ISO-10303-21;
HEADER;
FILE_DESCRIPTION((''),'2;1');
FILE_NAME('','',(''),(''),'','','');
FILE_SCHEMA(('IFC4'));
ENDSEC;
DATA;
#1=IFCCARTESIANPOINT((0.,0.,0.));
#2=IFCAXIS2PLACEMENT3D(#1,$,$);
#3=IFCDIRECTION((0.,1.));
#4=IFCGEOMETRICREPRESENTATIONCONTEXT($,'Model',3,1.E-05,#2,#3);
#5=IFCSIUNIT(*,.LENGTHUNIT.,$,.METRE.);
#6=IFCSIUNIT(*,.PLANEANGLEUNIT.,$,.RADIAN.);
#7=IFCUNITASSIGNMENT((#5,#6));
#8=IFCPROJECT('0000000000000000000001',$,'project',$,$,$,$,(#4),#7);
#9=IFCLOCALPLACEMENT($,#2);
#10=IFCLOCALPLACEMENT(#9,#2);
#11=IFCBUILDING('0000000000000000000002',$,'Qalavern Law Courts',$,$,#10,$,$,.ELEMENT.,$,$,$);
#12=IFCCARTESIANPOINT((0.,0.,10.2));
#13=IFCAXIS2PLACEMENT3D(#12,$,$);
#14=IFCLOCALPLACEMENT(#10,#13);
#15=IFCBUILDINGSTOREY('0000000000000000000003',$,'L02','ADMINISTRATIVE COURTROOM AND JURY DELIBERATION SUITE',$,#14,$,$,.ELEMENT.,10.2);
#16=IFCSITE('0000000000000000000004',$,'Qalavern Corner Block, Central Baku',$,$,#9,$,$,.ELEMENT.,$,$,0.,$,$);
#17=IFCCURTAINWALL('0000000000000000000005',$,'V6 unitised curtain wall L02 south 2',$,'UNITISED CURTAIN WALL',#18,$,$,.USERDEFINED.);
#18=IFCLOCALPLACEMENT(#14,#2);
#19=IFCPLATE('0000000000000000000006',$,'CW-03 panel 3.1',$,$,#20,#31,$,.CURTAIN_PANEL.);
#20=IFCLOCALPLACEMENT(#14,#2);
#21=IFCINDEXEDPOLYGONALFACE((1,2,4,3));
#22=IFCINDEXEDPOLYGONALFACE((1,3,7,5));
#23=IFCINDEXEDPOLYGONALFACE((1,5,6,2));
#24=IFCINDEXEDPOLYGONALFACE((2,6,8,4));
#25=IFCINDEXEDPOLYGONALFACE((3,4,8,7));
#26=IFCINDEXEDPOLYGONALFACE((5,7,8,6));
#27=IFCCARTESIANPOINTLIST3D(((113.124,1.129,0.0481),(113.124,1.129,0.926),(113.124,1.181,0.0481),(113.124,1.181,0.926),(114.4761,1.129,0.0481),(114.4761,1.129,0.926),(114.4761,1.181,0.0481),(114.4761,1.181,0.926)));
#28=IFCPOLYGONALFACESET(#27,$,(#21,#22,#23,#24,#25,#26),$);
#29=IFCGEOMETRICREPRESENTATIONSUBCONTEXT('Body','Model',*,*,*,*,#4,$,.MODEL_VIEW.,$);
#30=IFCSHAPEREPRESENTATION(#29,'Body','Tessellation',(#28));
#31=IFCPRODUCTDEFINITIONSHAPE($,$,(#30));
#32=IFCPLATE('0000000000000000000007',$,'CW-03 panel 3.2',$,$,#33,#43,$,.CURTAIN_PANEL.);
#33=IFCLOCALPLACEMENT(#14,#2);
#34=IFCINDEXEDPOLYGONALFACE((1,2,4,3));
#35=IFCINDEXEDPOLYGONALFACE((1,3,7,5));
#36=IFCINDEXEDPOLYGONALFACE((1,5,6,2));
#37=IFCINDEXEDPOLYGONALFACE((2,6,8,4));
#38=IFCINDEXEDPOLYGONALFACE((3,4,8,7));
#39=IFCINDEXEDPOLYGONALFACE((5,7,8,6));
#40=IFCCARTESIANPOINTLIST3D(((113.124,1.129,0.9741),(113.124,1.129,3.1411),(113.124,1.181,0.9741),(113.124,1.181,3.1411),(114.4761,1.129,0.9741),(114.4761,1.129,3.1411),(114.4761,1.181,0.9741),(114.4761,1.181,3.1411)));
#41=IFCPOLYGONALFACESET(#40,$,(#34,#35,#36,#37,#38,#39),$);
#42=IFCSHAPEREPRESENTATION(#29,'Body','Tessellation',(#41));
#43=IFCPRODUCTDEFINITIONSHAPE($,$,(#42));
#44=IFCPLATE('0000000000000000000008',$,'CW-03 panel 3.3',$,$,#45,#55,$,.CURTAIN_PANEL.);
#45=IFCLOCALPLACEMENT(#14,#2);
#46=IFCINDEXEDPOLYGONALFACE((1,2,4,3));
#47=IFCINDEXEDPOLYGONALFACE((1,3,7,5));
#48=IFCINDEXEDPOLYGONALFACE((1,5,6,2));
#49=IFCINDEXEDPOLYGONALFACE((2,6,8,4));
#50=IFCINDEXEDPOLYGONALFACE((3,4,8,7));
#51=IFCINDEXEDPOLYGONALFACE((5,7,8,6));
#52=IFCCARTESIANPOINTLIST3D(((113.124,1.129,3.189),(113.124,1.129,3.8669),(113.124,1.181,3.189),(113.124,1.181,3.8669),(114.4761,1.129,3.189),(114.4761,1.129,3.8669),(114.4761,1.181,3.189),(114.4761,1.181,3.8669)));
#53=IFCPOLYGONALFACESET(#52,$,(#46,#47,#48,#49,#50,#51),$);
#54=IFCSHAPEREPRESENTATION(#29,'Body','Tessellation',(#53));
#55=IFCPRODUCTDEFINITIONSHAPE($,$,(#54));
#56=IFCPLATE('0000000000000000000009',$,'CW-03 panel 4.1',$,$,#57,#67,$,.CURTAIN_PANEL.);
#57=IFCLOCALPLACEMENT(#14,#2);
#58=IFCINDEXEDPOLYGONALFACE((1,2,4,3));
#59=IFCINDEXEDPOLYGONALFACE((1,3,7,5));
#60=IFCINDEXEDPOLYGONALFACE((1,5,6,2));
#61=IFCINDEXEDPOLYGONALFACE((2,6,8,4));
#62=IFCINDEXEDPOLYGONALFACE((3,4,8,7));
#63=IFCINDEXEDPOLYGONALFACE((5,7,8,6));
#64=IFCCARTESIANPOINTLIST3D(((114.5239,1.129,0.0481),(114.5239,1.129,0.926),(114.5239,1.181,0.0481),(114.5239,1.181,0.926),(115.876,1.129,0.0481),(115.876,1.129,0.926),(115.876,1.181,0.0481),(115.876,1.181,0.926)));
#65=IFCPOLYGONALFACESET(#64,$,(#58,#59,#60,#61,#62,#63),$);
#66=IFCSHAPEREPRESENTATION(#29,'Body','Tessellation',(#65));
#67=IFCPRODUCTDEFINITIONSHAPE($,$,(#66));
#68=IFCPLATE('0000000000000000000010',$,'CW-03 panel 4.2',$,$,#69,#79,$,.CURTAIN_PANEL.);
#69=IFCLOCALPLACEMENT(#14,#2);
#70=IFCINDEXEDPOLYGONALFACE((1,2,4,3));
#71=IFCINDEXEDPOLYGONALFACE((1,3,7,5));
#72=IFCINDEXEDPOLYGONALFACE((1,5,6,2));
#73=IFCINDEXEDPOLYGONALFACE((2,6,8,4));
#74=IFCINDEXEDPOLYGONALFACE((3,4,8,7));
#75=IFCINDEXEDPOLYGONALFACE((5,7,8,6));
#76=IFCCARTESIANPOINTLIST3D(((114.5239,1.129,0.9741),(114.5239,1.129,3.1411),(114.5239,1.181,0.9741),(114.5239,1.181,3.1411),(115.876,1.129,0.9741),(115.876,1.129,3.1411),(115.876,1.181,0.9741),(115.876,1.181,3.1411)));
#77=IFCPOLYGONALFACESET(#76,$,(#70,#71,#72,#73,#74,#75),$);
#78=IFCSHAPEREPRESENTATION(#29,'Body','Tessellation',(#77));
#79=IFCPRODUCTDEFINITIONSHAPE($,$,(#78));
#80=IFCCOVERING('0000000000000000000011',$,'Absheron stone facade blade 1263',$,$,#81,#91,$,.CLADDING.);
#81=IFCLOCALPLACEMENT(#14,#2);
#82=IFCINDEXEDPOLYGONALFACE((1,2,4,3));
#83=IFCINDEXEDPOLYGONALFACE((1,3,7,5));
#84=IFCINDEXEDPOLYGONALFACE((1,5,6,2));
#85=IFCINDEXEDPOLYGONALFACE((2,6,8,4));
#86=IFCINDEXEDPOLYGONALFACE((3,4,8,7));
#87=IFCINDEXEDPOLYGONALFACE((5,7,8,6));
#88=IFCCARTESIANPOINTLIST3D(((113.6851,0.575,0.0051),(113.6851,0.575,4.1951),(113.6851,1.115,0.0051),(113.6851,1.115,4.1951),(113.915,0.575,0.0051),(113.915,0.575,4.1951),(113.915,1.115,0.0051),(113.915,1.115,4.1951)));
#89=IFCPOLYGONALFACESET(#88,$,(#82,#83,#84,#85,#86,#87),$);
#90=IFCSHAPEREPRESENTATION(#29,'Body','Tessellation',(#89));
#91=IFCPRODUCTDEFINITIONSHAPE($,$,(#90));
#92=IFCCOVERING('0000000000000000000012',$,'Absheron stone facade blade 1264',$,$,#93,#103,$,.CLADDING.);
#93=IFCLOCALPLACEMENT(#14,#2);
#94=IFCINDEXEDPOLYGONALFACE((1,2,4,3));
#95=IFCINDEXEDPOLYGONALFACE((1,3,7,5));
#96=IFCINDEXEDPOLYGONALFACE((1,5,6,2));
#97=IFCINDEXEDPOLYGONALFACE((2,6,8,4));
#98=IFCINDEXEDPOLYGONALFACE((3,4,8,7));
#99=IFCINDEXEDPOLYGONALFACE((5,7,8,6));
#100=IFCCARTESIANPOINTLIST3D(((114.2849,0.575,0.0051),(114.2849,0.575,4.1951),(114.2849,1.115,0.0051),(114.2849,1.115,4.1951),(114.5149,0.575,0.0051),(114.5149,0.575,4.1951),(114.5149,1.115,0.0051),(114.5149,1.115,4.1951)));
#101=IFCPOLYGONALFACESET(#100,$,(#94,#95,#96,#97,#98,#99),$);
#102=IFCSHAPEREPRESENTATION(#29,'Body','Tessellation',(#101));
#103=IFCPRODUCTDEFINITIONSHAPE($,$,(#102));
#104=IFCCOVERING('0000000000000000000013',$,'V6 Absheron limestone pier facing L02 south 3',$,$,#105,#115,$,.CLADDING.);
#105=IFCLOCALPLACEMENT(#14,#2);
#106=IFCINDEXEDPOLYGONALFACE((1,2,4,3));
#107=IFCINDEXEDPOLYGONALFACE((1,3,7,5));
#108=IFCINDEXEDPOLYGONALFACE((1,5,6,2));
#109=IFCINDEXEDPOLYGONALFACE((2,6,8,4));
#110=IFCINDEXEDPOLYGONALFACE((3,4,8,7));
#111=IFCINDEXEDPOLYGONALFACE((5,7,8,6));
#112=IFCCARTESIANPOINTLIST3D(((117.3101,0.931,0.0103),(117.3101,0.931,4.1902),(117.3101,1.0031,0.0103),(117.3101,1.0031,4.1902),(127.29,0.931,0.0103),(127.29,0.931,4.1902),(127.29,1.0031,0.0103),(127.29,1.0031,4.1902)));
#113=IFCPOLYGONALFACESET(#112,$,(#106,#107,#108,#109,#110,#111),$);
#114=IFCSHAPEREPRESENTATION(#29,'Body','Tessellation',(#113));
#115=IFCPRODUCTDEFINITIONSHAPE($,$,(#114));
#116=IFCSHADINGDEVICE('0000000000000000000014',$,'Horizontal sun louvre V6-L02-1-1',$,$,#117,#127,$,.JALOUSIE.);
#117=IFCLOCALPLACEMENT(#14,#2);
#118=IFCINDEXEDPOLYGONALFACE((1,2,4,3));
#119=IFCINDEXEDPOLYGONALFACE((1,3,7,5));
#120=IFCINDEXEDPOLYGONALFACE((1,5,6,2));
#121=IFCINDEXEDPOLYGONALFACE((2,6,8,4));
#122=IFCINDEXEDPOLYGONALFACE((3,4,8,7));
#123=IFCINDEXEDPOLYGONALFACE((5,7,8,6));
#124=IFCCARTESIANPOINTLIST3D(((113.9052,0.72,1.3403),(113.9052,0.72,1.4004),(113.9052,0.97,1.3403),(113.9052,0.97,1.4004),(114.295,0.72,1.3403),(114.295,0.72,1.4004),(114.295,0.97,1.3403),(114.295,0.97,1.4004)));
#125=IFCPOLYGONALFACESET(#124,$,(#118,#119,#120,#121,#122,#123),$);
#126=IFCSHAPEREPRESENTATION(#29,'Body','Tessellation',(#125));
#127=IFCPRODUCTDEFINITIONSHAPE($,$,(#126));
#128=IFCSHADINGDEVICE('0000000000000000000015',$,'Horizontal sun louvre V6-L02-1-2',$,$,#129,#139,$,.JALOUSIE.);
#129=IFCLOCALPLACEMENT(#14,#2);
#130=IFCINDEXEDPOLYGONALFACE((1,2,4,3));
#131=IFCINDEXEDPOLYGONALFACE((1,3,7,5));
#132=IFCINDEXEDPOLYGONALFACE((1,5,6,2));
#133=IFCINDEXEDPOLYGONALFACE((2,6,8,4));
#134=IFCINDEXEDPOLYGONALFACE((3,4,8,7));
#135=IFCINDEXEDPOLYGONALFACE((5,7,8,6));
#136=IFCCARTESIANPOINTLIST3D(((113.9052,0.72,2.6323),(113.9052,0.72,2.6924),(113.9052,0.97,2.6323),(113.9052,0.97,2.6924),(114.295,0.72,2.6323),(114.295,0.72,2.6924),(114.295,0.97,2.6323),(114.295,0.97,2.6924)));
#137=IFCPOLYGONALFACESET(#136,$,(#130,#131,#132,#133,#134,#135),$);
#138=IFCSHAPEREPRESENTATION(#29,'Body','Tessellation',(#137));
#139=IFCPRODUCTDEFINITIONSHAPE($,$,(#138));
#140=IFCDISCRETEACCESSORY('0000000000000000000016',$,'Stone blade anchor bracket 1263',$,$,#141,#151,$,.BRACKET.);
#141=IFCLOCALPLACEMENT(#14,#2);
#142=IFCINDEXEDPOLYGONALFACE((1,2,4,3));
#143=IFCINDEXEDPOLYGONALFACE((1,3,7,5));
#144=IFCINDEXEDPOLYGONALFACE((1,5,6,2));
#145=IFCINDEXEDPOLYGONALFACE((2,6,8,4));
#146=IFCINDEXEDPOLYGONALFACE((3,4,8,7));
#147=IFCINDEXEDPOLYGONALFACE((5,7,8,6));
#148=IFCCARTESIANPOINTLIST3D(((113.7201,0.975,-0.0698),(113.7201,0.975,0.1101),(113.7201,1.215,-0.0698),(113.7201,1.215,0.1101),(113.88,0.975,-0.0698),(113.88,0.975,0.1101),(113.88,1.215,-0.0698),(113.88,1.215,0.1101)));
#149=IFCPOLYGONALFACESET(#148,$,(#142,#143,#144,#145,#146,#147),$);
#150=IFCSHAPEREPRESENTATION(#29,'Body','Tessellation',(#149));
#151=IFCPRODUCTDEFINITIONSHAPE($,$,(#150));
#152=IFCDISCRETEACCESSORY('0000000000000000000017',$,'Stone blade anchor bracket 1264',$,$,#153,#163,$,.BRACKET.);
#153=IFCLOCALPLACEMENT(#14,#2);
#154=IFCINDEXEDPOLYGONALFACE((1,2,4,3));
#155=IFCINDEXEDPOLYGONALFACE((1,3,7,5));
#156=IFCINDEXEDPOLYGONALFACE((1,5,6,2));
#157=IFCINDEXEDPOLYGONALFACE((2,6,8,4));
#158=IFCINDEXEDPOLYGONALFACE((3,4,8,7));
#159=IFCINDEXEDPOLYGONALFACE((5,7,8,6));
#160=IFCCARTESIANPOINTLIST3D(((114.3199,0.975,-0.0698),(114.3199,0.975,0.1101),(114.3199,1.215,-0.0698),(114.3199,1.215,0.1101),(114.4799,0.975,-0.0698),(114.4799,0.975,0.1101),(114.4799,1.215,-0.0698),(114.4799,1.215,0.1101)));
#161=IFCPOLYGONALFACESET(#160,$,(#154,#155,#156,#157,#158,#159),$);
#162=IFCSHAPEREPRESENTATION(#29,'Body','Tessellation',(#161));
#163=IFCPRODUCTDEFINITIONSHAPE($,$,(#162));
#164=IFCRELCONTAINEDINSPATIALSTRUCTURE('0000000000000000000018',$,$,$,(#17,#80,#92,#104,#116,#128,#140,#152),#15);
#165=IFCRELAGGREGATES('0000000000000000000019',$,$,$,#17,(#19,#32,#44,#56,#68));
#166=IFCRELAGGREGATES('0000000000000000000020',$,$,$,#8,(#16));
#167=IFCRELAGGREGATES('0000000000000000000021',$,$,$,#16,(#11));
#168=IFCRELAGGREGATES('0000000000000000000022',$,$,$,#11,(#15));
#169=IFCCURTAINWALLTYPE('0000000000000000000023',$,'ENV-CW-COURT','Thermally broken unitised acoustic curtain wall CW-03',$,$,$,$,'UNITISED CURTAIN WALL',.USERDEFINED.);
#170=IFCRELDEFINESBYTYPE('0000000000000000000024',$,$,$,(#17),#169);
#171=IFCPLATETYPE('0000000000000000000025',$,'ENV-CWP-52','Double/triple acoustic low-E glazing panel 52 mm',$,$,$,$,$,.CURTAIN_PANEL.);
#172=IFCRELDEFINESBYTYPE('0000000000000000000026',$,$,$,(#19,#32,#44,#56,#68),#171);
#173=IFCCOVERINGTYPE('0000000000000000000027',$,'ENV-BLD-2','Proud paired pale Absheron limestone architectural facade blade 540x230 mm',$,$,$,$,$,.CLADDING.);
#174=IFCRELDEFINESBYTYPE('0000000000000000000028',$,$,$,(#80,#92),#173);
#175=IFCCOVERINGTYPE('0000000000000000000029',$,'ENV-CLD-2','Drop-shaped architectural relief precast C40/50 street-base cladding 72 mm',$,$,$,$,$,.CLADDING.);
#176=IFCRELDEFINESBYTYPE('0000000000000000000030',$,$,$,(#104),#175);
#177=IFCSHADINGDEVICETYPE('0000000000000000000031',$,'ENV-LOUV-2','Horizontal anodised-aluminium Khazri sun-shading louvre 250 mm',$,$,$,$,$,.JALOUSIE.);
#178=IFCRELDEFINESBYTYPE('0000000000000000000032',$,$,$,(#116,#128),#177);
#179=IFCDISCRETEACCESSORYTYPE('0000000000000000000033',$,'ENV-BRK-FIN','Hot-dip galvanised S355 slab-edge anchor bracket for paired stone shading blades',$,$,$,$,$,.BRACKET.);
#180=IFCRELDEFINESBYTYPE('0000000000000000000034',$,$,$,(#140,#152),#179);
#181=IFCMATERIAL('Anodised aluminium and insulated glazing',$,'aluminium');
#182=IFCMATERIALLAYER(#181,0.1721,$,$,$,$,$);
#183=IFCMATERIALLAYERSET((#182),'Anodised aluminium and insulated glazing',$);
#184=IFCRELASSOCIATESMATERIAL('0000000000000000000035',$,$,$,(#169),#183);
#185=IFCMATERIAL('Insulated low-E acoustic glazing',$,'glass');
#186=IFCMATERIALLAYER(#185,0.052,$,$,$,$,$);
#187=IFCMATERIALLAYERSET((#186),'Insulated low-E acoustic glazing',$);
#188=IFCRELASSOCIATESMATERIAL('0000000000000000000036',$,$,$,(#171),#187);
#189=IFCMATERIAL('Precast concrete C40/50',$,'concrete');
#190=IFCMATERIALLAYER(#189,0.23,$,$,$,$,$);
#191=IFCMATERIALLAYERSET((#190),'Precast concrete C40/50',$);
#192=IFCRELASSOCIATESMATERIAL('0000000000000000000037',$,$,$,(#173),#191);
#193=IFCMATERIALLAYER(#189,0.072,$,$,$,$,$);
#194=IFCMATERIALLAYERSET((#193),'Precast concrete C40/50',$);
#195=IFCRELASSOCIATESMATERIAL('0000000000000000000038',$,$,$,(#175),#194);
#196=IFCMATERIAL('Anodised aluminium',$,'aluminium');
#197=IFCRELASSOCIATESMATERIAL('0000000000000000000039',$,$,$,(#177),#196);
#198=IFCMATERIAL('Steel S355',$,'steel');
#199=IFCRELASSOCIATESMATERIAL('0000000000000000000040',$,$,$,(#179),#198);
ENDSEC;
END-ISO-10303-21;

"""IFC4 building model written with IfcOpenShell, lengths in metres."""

from ifc_helpers import new_model, si_unit, direction, frame, origin, origin_2d, place, context, subcontext, project, spatial, rectangle, extrude, material, layer, layer_set, type_object, element, aggregate, save


model = new_model("IFC4")

# Units and contexts
model_context = context("Model", 3, precision=1e-05, world=origin(), true_north=direction((0.0, 1.0)))
body_context = subcontext(model_context, "Body", "Model", "MODEL_VIEW")
ifc_project = project(units=[si_unit("LENGTHUNIT", "METRE"), si_unit("PLANEANGLEUNIT", "RADIAN")], contexts=[model_context])

# Site, building, storey
site_placement = place(None, origin())
site = spatial("IfcSite", under=ifc_project, at=site_placement, Name="Qalavern Corner Block, Central Baku", CompositionType="ELEMENT", RefElevation=0.0)
building_placement = place(site_placement, origin())
building = spatial("IfcBuilding", under=site, at=building_placement, Name="Qalavern Law Courts", CompositionType="ELEMENT")
storey_placement = place(building_placement, frame((0.0, 0.0, 10.2)))
storey = spatial("IfcBuildingStorey", under=building, at=storey_placement, Name="L02", Description="ADMINISTRATIVE COURTROOM AND JURY DELIBERATION SUITE", CompositionType="ELEMENT", Elevation=10.2)

# Curtain wall, plates
ifc_material_1 = material(Name="Anodised aluminium and insulated glazing", Category="aluminium")
ifc_layer_1 = layer(ifc_material_1, 0.1721)
ifc_layer_set_1 = layer_set([ifc_layer_1], Name="Anodised aluminium and insulated glazing")
curtain_wall_type = type_object("IfcCurtainWallType", Name="ENV-CW-COURT", Description="Thermally broken unitised acoustic curtain wall CW-03", ElementType="UNITISED CURTAIN WALL", PredefinedType="USERDEFINED", material=ifc_layer_set_1)
curtain_wall_placement = place(storey_placement, origin())
curtain_wall = element("IfcCurtainWall", 1, at=curtain_wall_placement, inside=storey, type_object=curtain_wall_type, Name="V6 unitised curtain wall L02 south 2", ObjectType="UNITISED CURTAIN WALL", PredefinedType="USERDEFINED")
ifc_material_2 = material(Name="Anodised aluminium", Category="aluminium")
ifc_material_3 = material(Name="Insulated low-E acoustic glazing", Category="glass")
ifc_layer_2 = layer(ifc_material_3, 0.052)
ifc_layer_set_2 = layer_set([ifc_layer_2], Name="Insulated low-E acoustic glazing")
plate_type = type_object("IfcPlateType", Name="ENV-CWP-52", Description="Double/triple acoustic low-E glazing panel 52 mm", PredefinedType="CURTAIN_PANEL", material=ifc_layer_set_2)
plate_1_placement = place(storey_placement, frame((113.8, 1.155, 0.0481), z_axis=(0.0, 0.0, 1.0), x_axis=(1.0, 0.0, 0.0)))
plate_1 = element("IfcPlate", 2, at=plate_1_placement, type_object=plate_type, Name="CW-03 panel 3.1", PredefinedType="CURTAIN_PANEL", context=body_context, shape_type="SweptSolid", body=[
    extrude(rectangle(XDim=1.3521, YDim=0.052, at=origin_2d()), origin(), (0.0, 0.0, 1.0), 0.8779),
])
plate_2_placement = place(storey_placement, frame((113.8, 1.155, 0.9741), z_axis=(0.0, 0.0, 1.0), x_axis=(1.0, 0.0, 0.0)))
plate_2 = element("IfcPlate", 3, at=plate_2_placement, type_object=plate_type, Name="CW-03 panel 3.2", PredefinedType="CURTAIN_PANEL", context=body_context, shape_type="SweptSolid", body=[
    extrude(rectangle(XDim=1.3521, YDim=0.052, at=origin_2d()), origin(), (0.0, 0.0, 1.0), 2.167),
])
plate_3_placement = place(storey_placement, frame((113.8, 1.155, 3.189), z_axis=(0.0, 0.0, 1.0), x_axis=(1.0, 0.0, 0.0)))
plate_3 = element("IfcPlate", 4, at=plate_3_placement, type_object=plate_type, Name="CW-03 panel 3.3", PredefinedType="CURTAIN_PANEL", context=body_context, shape_type="SweptSolid", body=[
    extrude(rectangle(XDim=1.3521, YDim=0.052, at=origin_2d()), origin(), (0.0, 0.0, 1.0), 0.678),
])
plate_4_placement = place(storey_placement, frame((115.2, 1.155, 0.0481), z_axis=(0.0, 0.0, 1.0), x_axis=(1.0, 0.0, 0.0)))
plate_4 = element("IfcPlate", 5, at=plate_4_placement, type_object=plate_type, Name="CW-03 panel 4.1", PredefinedType="CURTAIN_PANEL", context=body_context, shape_type="SweptSolid", body=[
    extrude(rectangle(XDim=1.3521, YDim=0.052, at=origin_2d()), origin(), (0.0, 0.0, 1.0), 0.8779),
])
plate_5_placement = place(storey_placement, frame((115.2, 1.155, 0.9741), z_axis=(0.0, 0.0, 1.0), x_axis=(1.0, 0.0, 0.0)))
plate_5 = element("IfcPlate", 6, at=plate_5_placement, type_object=plate_type, Name="CW-03 panel 4.2", PredefinedType="CURTAIN_PANEL", context=body_context, shape_type="SweptSolid", body=[
    extrude(rectangle(XDim=1.3521, YDim=0.052, at=origin_2d()), origin(), (0.0, 0.0, 1.0), 2.167),
])
aggregate(curtain_wall, [plate_1, plate_2, plate_3, plate_4, plate_5])

# Coverings
ifc_material_4 = material(Name="Precast concrete C40/50", Category="concrete")
ifc_layer_3 = layer(ifc_material_4, 0.23)
ifc_layer_set_3 = layer_set([ifc_layer_3], Name="Precast concrete C40/50")
covering_type_1 = type_object("IfcCoveringType", Name="ENV-BLD-2", Description="Proud paired pale Absheron limestone architectural facade blade 540x230 mm", PredefinedType="CLADDING", material=ifc_layer_set_3)
for number, where, z_axis, x_axis, name in (
    (7, (113.8, 0.845, 0.0051), (0.0, 0.0, 1.0), (0.0, -1.0, 0.0), "Absheron stone facade blade 1263"),
    (8, (114.3999, 0.845, 0.0051), (0.0, 0.0, 1.0), (0.0, -1.0, 0.0), "Absheron stone facade blade 1264"),
):
    element("IfcCovering", number, at=place(storey_placement, frame(where, z_axis=z_axis, x_axis=x_axis)), inside=storey, type_object=covering_type_1, Name=name, PredefinedType="CLADDING", context=body_context, shape_type="SweptSolid", body=[
        extrude(rectangle(XDim=0.54, YDim=0.23, at=origin_2d()), origin(), (0.0, 0.0, 1.0), 4.1899),
    ])
ifc_layer_4 = layer(ifc_material_4, 0.072)
ifc_layer_set_4 = layer_set([ifc_layer_4], Name="Precast concrete C40/50")
covering_type_2 = type_object("IfcCoveringType", Name="ENV-CLD-2", Description="Drop-shaped architectural relief precast C40/50 street-base cladding 72 mm", PredefinedType="CLADDING", material=ifc_layer_set_4)
covering_placement = place(storey_placement, frame((122.3, 0.967, 0.0103), z_axis=(0.0, 0.0, 1.0), x_axis=(1.0, 0.0, 0.0)))
element("IfcCovering", 9, at=covering_placement, inside=storey, type_object=covering_type_2, Name="V6 Absheron limestone pier facing L02 south 3", PredefinedType="CLADDING", context=body_context, shape_type="SweptSolid", body=[
    extrude(rectangle(XDim=9.98, YDim=0.072, at=origin_2d()), origin(), (0.0, 0.0, 1.0), 4.1799),
])

# Shading devices
shading_device_type = type_object("IfcShadingDeviceType", Name="ENV-LOUV-2", Description="Horizontal anodised-aluminium Khazri sun-shading louvre 250 mm", PredefinedType="JALOUSIE", material=ifc_material_2)
for number, where, z_axis, x_axis, name in (
    (10, (114.1001, 0.845, 1.3403), (0.0, 0.0, 1.0), (1.0, 0.0, 0.0), "Horizontal sun louvre V6-L02-1-1"),
    (11, (114.1001, 0.845, 2.6323), (0.0, 0.0, 1.0), (1.0, 0.0, 0.0), "Horizontal sun louvre V6-L02-1-2"),
):
    element("IfcShadingDevice", number, at=place(storey_placement, frame(where, z_axis=z_axis, x_axis=x_axis)), inside=storey, type_object=shading_device_type, Name=name, PredefinedType="JALOUSIE", context=body_context, shape_type="SweptSolid", body=[
        extrude(rectangle(XDim=0.3899, YDim=0.25, at=origin_2d()), origin(), (0.0, 0.0, 1.0), 0.0601),
    ])

# Discrete accessories
ifc_material_5 = material(Name="Steel S355", Category="steel")
discrete_accessory_type = type_object("IfcDiscreteAccessoryType", Name="ENV-BRK-FIN", Description="Hot-dip galvanised S355 slab-edge anchor bracket for paired stone shading blades", PredefinedType="BRACKET", material=ifc_material_5)
for number, where, z_axis, x_axis, name in (
    (12, (113.8, 1.095, -0.0698), (0.0, 0.0, 1.0), (0.0, -1.0, 0.0), "Stone blade anchor bracket 1263"),
    (13, (114.3999, 1.095, -0.0698), (0.0, 0.0, 1.0), (0.0, -1.0, 0.0), "Stone blade anchor bracket 1264"),
):
    element("IfcDiscreteAccessory", number, at=place(storey_placement, frame(where, z_axis=z_axis, x_axis=x_axis)), inside=storey, type_object=discrete_accessory_type, Name=name, PredefinedType="BRACKET", context=body_context, shape_type="SweptSolid", body=[
        extrude(rectangle(XDim=0.24, YDim=0.1599, at=origin_2d()), origin(), (0.0, 0.0, 1.0), 0.1799),
    ])

save(model, "model.ifc")
